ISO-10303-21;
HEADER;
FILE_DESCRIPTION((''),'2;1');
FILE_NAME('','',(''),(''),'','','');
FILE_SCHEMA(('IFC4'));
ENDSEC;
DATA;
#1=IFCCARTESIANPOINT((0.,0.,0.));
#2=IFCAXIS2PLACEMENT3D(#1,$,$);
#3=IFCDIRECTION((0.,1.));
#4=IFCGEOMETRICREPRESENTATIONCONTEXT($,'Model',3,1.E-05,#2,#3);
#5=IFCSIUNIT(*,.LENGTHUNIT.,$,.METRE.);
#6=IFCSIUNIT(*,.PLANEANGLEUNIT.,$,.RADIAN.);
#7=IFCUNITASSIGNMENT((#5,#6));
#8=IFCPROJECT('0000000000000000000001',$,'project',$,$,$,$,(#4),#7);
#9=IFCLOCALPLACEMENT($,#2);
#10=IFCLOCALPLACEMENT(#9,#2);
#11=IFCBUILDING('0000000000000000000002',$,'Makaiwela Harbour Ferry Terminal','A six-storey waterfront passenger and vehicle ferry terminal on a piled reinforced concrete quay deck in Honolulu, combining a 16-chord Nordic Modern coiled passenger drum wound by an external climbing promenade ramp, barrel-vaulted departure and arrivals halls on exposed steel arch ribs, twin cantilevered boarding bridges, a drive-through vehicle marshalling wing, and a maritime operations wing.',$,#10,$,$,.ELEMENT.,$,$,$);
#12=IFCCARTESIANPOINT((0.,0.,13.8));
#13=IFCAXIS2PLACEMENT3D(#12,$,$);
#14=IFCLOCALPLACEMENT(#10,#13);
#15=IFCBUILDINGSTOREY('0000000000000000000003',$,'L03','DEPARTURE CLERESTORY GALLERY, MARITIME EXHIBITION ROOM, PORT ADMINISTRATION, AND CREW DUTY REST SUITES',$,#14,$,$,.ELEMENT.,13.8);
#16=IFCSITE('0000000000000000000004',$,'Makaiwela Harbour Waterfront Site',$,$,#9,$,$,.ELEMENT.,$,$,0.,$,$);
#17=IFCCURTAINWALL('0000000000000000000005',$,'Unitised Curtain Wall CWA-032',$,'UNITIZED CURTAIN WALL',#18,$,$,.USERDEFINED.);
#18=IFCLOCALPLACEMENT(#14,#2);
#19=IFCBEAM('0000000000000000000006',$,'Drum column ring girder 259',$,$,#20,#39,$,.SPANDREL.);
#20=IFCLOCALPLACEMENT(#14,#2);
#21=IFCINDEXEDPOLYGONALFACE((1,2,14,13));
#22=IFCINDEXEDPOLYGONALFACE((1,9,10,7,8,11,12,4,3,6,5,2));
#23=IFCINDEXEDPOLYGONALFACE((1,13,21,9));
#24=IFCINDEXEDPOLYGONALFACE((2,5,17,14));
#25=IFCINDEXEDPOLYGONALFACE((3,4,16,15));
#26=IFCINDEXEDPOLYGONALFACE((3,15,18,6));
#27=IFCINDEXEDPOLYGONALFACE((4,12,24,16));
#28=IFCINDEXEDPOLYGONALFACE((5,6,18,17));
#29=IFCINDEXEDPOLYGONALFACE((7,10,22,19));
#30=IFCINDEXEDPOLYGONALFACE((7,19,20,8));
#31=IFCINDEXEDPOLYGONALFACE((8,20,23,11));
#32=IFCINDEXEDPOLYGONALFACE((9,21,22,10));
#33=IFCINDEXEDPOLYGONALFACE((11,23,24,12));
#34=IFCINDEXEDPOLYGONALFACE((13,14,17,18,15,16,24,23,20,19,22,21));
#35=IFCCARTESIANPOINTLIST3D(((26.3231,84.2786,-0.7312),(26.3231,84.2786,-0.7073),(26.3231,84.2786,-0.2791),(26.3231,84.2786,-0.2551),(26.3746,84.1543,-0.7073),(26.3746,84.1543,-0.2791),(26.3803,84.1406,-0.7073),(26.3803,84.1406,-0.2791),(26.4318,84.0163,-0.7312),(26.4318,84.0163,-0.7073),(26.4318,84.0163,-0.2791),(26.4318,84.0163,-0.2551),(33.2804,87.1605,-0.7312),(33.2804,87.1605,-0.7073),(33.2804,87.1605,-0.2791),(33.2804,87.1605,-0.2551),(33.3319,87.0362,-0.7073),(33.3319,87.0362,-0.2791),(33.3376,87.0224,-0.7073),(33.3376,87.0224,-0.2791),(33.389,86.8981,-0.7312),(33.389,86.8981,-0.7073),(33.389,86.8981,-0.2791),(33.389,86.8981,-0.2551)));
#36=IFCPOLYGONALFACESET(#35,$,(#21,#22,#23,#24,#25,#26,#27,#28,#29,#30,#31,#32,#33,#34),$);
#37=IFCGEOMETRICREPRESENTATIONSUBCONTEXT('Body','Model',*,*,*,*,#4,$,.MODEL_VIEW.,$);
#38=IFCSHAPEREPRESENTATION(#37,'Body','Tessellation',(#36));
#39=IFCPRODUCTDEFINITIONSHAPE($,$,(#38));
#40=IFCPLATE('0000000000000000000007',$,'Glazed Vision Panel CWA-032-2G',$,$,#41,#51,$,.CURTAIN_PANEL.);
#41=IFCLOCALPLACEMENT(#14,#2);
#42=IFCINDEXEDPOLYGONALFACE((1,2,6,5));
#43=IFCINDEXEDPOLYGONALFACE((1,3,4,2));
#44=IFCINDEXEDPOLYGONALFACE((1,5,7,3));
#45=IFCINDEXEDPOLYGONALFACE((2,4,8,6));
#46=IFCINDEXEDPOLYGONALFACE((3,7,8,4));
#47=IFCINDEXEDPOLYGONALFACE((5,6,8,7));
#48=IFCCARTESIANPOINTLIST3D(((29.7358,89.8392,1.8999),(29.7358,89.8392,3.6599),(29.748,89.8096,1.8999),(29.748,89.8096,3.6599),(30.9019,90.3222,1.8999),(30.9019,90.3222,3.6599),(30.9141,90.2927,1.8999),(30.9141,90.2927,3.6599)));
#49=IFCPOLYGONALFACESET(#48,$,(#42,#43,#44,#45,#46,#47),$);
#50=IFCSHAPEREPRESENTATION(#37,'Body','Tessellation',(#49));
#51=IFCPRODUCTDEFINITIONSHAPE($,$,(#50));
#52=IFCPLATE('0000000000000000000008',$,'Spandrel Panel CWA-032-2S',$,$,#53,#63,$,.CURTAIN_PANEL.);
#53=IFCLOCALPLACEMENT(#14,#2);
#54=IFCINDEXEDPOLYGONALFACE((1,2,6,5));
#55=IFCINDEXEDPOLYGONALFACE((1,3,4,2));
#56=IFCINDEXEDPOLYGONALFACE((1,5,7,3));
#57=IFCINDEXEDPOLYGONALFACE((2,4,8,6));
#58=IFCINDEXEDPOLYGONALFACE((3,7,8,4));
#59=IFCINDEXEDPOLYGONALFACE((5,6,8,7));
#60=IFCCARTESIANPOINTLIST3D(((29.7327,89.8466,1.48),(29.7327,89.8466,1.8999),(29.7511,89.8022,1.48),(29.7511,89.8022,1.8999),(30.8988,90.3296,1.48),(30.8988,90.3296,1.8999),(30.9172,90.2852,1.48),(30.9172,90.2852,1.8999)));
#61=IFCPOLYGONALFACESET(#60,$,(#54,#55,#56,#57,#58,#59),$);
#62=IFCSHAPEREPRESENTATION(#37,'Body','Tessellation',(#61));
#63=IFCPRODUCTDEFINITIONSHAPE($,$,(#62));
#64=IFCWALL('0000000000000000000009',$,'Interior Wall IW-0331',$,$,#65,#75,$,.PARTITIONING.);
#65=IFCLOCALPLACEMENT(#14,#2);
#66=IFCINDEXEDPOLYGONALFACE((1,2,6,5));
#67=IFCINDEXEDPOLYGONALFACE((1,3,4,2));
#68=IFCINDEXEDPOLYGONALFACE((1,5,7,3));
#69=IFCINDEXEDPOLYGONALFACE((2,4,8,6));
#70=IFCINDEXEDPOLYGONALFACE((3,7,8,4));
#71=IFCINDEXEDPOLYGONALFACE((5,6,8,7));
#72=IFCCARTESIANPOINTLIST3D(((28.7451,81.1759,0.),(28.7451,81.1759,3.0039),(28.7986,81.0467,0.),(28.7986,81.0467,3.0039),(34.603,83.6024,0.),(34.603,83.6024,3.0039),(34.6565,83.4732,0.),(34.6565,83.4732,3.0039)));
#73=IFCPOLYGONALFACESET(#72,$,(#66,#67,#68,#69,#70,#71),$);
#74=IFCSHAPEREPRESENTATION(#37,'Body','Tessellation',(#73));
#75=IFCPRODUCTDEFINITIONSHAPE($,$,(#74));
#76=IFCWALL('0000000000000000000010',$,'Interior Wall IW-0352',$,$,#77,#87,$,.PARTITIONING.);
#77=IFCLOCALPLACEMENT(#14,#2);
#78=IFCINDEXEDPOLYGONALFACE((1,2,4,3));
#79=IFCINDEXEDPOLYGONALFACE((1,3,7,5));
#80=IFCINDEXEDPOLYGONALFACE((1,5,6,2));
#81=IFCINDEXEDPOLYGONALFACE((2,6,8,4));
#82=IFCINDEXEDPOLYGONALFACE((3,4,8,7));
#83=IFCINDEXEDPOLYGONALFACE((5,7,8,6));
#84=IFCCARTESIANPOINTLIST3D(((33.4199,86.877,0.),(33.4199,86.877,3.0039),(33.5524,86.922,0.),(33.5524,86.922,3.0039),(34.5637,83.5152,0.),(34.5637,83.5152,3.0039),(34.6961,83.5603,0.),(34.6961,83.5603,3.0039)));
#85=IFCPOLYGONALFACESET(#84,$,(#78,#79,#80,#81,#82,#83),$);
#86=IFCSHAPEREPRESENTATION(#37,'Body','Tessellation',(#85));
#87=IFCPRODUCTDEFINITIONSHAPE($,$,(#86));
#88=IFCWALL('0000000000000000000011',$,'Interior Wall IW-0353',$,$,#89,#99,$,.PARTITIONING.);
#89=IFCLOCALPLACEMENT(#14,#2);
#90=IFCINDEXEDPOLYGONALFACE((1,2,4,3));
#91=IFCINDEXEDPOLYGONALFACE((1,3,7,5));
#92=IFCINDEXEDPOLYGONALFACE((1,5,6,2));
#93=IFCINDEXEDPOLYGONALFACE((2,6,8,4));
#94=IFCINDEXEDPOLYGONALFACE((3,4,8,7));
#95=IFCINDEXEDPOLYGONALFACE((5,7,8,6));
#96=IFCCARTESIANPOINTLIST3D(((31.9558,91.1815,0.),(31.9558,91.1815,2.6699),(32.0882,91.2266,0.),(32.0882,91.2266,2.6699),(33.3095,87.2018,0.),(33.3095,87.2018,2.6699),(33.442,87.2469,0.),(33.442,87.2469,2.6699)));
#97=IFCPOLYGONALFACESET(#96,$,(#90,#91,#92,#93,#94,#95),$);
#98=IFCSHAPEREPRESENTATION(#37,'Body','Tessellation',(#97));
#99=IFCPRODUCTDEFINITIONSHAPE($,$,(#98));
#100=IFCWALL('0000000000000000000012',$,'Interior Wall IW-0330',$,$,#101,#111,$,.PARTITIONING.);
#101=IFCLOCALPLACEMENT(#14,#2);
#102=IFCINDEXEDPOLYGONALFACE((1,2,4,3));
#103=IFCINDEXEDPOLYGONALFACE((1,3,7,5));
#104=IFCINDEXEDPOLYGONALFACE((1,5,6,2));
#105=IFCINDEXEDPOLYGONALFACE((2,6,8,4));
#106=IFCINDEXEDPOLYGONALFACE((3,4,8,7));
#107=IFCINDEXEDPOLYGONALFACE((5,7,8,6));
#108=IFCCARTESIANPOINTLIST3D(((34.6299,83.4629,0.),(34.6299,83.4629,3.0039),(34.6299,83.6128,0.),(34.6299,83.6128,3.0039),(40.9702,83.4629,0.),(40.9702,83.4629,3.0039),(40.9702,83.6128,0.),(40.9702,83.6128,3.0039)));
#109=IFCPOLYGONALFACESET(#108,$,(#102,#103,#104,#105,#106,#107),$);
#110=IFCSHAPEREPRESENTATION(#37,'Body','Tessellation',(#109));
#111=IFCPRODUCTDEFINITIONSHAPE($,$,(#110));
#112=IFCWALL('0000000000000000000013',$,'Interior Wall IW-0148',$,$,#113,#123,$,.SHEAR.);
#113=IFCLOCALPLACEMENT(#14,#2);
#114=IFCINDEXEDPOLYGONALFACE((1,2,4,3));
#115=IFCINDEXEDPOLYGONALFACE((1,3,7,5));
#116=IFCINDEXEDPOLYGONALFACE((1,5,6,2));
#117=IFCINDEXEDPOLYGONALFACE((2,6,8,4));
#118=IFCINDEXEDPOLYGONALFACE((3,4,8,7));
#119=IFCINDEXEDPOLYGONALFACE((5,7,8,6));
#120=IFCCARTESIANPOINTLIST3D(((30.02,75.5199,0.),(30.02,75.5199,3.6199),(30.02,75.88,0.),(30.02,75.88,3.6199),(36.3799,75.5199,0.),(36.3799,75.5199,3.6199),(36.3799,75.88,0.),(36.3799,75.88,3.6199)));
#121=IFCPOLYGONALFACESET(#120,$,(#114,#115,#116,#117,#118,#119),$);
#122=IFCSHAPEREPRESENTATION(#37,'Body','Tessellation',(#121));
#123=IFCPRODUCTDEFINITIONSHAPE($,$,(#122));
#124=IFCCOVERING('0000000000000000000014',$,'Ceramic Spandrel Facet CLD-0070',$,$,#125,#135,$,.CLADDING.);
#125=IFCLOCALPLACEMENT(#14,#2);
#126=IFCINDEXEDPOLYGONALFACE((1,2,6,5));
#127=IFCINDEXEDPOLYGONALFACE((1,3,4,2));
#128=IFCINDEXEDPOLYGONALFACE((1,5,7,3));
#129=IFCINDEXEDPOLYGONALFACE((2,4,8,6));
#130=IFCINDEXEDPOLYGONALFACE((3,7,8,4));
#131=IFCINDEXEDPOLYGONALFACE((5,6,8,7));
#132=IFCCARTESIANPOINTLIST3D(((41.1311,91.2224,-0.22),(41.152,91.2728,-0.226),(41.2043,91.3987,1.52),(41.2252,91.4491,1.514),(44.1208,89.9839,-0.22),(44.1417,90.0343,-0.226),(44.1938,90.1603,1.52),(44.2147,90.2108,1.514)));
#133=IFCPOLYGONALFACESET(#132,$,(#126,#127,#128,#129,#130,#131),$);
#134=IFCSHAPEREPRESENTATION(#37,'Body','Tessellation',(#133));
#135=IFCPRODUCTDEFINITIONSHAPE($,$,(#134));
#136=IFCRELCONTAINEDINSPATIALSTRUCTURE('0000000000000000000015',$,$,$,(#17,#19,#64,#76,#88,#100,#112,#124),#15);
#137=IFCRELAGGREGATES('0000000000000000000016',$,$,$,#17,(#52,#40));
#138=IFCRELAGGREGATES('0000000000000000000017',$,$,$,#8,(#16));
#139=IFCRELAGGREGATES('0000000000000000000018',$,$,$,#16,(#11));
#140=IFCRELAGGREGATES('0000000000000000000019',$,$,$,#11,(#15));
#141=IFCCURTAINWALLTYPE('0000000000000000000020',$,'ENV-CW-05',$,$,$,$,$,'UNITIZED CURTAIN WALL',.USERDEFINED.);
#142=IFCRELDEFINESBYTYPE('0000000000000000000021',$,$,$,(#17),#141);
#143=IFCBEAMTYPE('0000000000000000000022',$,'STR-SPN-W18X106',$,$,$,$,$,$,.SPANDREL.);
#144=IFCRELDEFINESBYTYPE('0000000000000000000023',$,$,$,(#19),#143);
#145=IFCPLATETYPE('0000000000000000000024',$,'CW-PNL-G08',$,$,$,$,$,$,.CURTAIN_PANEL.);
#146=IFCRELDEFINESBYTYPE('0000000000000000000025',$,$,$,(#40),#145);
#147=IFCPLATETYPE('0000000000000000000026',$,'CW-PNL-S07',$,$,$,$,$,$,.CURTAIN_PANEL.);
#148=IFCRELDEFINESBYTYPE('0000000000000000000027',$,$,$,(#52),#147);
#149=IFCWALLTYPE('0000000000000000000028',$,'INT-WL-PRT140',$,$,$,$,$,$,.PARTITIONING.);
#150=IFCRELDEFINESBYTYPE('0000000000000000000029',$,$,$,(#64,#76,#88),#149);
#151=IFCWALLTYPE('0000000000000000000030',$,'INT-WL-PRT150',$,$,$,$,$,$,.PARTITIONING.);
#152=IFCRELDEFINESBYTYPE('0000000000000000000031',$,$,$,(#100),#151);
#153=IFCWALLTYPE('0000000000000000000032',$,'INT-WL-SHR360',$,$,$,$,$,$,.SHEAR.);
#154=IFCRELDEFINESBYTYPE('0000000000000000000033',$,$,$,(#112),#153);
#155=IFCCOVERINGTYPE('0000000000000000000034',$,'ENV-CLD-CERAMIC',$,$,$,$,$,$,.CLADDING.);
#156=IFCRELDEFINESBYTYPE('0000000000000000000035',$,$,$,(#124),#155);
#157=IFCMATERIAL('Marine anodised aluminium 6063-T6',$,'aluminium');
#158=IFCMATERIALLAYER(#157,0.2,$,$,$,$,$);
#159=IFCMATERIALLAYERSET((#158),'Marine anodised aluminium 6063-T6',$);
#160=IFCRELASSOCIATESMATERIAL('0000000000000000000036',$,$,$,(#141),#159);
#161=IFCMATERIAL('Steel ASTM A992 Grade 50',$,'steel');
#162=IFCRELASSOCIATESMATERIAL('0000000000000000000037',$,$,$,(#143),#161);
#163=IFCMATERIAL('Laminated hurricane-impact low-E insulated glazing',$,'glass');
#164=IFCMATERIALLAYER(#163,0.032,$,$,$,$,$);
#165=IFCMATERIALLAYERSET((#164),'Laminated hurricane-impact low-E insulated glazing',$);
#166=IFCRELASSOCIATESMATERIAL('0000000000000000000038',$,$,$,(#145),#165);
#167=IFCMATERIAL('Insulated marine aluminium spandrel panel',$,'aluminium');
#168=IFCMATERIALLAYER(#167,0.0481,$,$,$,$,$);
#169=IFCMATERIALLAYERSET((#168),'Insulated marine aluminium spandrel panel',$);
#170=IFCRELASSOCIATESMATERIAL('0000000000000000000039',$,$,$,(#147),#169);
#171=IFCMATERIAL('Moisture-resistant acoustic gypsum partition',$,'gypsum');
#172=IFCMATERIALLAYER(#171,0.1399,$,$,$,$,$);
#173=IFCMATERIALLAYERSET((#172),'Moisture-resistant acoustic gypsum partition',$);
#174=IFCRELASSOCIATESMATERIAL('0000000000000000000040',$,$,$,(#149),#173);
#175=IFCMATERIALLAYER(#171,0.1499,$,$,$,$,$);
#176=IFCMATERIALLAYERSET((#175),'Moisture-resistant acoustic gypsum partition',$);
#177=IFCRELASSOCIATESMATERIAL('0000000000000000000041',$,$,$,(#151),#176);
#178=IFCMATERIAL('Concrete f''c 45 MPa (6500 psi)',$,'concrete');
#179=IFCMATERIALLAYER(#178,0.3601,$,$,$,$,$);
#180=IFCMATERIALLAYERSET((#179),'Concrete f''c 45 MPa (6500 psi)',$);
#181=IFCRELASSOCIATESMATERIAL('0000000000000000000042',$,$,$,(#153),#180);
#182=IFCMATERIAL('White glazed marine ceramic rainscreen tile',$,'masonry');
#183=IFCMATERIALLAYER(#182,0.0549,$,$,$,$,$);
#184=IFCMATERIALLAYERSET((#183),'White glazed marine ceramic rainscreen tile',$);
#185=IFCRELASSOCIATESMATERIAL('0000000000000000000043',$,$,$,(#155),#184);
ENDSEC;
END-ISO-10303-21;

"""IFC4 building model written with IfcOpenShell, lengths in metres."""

from ifc_helpers import new_model, si_unit, direction, frame, frame_2d, origin, origin_2d, place, context, subcontext, project, spatial, polyline, rectangle, i_section, outline, extrude, material, layer, layer_set, material_profile, profile_set, type_object, element, aggregate, save


model = new_model("IFC4")

# Units and contexts
model_context = context("Model", 3, precision=1e-05, world=origin(), true_north=direction((0.0, 1.0)))
body_context = subcontext(model_context, "Body", "Model", "MODEL_VIEW")
ifc_project = project(units=[si_unit("LENGTHUNIT", "METRE"), si_unit("PLANEANGLEUNIT", "RADIAN")], contexts=[model_context])

# Site, building, storey
site_placement = place(None, origin())
site = spatial("IfcSite", under=ifc_project, at=site_placement, Name="Makaiwela Harbour Waterfront Site", CompositionType="ELEMENT", RefElevation=0.0)
building_placement = place(site_placement, origin())
building = spatial("IfcBuilding", under=site, at=building_placement, Name="Makaiwela Harbour Ferry Terminal", Description="A six-storey waterfront passenger and vehicle ferry terminal on a piled reinforced concrete quay deck in Honolulu, combining a 16-chord Nordic Modern coiled passenger drum wound by an external climbing promenade ramp, barrel-vaulted departure and arrivals halls on exposed steel arch ribs, twin cantilevered boarding bridges, a drive-through vehicle marshalling wing, and a maritime operations wing.", CompositionType="ELEMENT")
storey_placement = place(building_placement, frame((0.0, 0.0, 13.8)))
storey = spatial("IfcBuildingStorey", under=building, at=storey_placement, Name="L03", Description="DEPARTURE CLERESTORY GALLERY, MARITIME EXHIBITION ROOM, PORT ADMINISTRATION, AND CREW DUTY REST SUITES", CompositionType="ELEMENT", Elevation=13.8)

# Shared definitions
ifc_material_1 = material(Name="Steel ASTM A992 Grade 50", Category="steel")

# Curtain wall
ifc_material_2 = material(Name="Marine anodised aluminium 6063-T6", Category="aluminium")
ifc_layer_1 = layer(ifc_material_2, 0.2)
ifc_layer_set_1 = layer_set([ifc_layer_1], Name="Marine anodised aluminium 6063-T6")
curtain_wall_type = type_object("IfcCurtainWallType", Name="ENV-CW-05", ElementType="UNITIZED CURTAIN WALL", PredefinedType="USERDEFINED", material=ifc_layer_set_1)
curtain_wall_placement = place(storey_placement, origin())
curtain_wall = element("IfcCurtainWall", 1, at=curtain_wall_placement, inside=storey, type_object=curtain_wall_type, Name="Unitised Curtain Wall CWA-032", ObjectType="UNITIZED CURTAIN WALL", PredefinedType="USERDEFINED")

# Beam
ifc_material_profile_1 = material_profile(ifc_material_1, i_section(OverallWidth=0.2839, OverallDepth=0.4761, WebThickness=0.0149, FlangeThickness=0.0239, at=origin_2d()), Name="W18X106")
ifc_profile_set_1 = profile_set([ifc_material_profile_1], Name="Steel ASTM A992 Grade 50")
beam_type_1 = type_object("IfcBeamType", Name="STR-SPN-W18X106", PredefinedType="SPANDREL", material=ifc_profile_set_1)
for number, where, z_axis, x_axis, name in (
    (2, (33.3347, 87.0293, -0.4932), (-0.923878, -0.382688, 0.0), (0.382688, -0.923878, 0.0), "Drum column ring girder 259"),
):
    element("IfcBeam", number, at=place(storey_placement, frame(where, z_axis=z_axis, x_axis=x_axis)), inside=storey, type_object=beam_type_1, Name=name, PredefinedType="SPANDREL", context=body_context, shape_type="SweptSolid", body=[
        extrude(i_section(OverallWidth=0.2839, OverallDepth=0.4761, WebThickness=0.0149, FlangeThickness=0.0239, at=origin_2d()), origin(), (0.0, 0.0, 1.0), 7.5305),
    ])

# Plates
ifc_material_3 = material(Name="Laminated hurricane-impact low-E insulated glazing", Category="glass")
ifc_layer_2 = layer(ifc_material_3, 0.032)
ifc_layer_set_2 = layer_set([ifc_layer_2], Name="Laminated hurricane-impact low-E insulated glazing")
plate_type_1 = type_object("IfcPlateType", Name="CW-PNL-G08", PredefinedType="CURTAIN_PANEL", material=ifc_layer_set_2)
plate_1_placement = place(storey_placement, frame((30.325, 90.0659, 1.8999), z_axis=(0.0, 0.0, 1.0), x_axis=(-0.92388, -0.382683, 0.0)))
plate_1 = element("IfcPlate", 3, at=plate_1_placement, type_object=plate_type_1, Name="Glazed Vision Panel CWA-032-2G", PredefinedType="CURTAIN_PANEL", context=body_context, shape_type="SweptSolid", body=[
    extrude(rectangle(XDim=1.2622, YDim=0.032, at=origin_2d()), origin(), (0.0, 0.0, 1.0), 1.76),
])
ifc_material_4 = material(Name="Insulated marine aluminium spandrel panel", Category="aluminium")
ifc_layer_3 = layer(ifc_material_4, 0.0481)
ifc_layer_set_3 = layer_set([ifc_layer_3], Name="Insulated marine aluminium spandrel panel")
plate_type_2 = type_object("IfcPlateType", Name="CW-PNL-S07", PredefinedType="CURTAIN_PANEL", material=ifc_layer_set_3)
plate_2_placement = place(storey_placement, frame((30.325, 90.0659, 1.48), z_axis=(0.0, 0.0, 1.0), x_axis=(-0.92388, -0.382683, 0.0)))
plate_2 = element("IfcPlate", 4, at=plate_2_placement, type_object=plate_type_2, Name="Spandrel Panel CWA-032-2S", PredefinedType="CURTAIN_PANEL", context=body_context, shape_type="SweptSolid", body=[
    extrude(rectangle(XDim=1.2622, YDim=0.0481, at=origin_2d()), origin(), (0.0, 0.0, 1.0), 0.4199),
])
aggregate(curtain_wall, [plate_2, plate_1])

# Walls
ifc_material_5 = material(Name="Moisture-resistant acoustic gypsum partition", Category="gypsum")
ifc_layer_4 = layer(ifc_material_5, 0.1399)
ifc_layer_set_4 = layer_set([ifc_layer_4], Name="Moisture-resistant acoustic gypsum partition")
wall_type_1 = type_object("IfcWallType", Name="INT-WL-PRT140", PredefinedType="PARTITIONING", material=ifc_layer_set_4)
wall_1_placement = place(storey_placement, frame((34.6299, 83.5378, 0.0), z_axis=(0.0, 0.0, 1.0), x_axis=(-0.923875, -0.382695, 0.0)))
element("IfcWall", 5, at=wall_1_placement, inside=storey, type_object=wall_type_1, Name="Interior Wall IW-0331", PredefinedType="PARTITIONING", context=body_context, shape_type="SweptSolid", body=[
    extrude(rectangle(XDim=6.3406, YDim=0.1399, at=frame_2d((3.1704, 0.0))), origin(), (0.0, 0.0, 1.0), 3.0039),
])
wall_2_placement = place(storey_placement, frame((34.6299, 83.5378, 0.0), z_axis=(0.0, 0.0, 1.0), x_axis=(-0.3221, 0.946706, 0.0)))
element("IfcWall", 6, at=wall_2_placement, inside=storey, type_object=wall_type_1, Name="Interior Wall IW-0352", PredefinedType="PARTITIONING", context=body_context, shape_type="SweptSolid", body=[
    extrude(rectangle(XDim=3.551, YDim=0.1399, at=frame_2d((1.7754, 0.0))), origin(), (0.0, 0.0, 1.0), 3.0039),
])
wall_3_placement = place(storey_placement, frame((33.3757, 87.2244, 0.0), z_axis=(0.0, 0.0, 1.0), x_axis=(-0.322041, 0.946726, 0.0)))
element("IfcWall", 7, at=wall_3_placement, inside=storey, type_object=wall_type_1, Name="Interior Wall IW-0353", PredefinedType="PARTITIONING", context=body_context, shape_type="SweptSolid", body=[
    extrude(rectangle(XDim=4.2036, YDim=0.1399, at=frame_2d((2.1018, 0.0))), origin(), (0.0, 0.0, 1.0), 2.6699),
])
ifc_layer_5 = layer(ifc_material_5, 0.1499)
ifc_layer_set_5 = layer_set([ifc_layer_5], Name="Moisture-resistant acoustic gypsum partition")
wall_type_2 = type_object("IfcWallType", Name="INT-WL-PRT150", PredefinedType="PARTITIONING", material=ifc_layer_set_5)
wall_4_placement = place(storey_placement, frame((40.9702, 83.5378, 0.0), z_axis=(0.0, 0.0, 1.0), x_axis=(-1.0, 0.0, 0.0)))
element("IfcWall", 8, at=wall_4_placement, inside=storey, type_object=wall_type_2, Name="Interior Wall IW-0330", PredefinedType="PARTITIONING", context=body_context, shape_type="SweptSolid", body=[
    extrude(rectangle(XDim=6.3403, YDim=0.1499, at=frame_2d((3.1702, 0.0))), origin(), (0.0, 0.0, 1.0), 3.0039),
])
ifc_material_6 = material(Name="Concrete f'c 45 MPa (6500 psi)", Category="concrete")
ifc_layer_6 = layer(ifc_material_6, 0.3601)
ifc_layer_set_6 = layer_set([ifc_layer_6], Name="Concrete f'c 45 MPa (6500 psi)")
wall_type_3 = type_object("IfcWallType", Name="INT-WL-SHR360", PredefinedType="SHEAR", material=ifc_layer_set_6)
wall_5_placement = place(storey_placement, frame((30.02, 75.7, 0.0), z_axis=(0.0, 0.0, 1.0), x_axis=(1.0, 0.0, 0.0)))
element("IfcWall", 9, at=wall_5_placement, inside=storey, type_object=wall_type_3, Name="Interior Wall IW-0148", PredefinedType="SHEAR", context=body_context, shape_type="SweptSolid", body=[
    extrude(rectangle(XDim=6.3599, YDim=0.3601, at=frame_2d((3.1799, 0.0))), origin(), (0.0, 0.0, 1.0), 3.6199),
])

# Covering
ifc_material_7 = material(Name="White glazed marine ceramic rainscreen tile", Category="masonry")
ifc_layer_7 = layer(ifc_material_7, 0.0549)
ifc_layer_set_7 = layer_set([ifc_layer_7], Name="White glazed marine ceramic rainscreen tile")
covering_type = type_object("IfcCoveringType", Name="ENV-CLD-CERAMIC", PredefinedType="CLADDING", material=ifc_layer_set_7)
covering_placement = place(storey_placement, frame((44.1208, 89.9839, -0.22), z_axis=(-0.380416, -0.91836, 0.109085), x_axis=(-0.923873, 0.3827, 0.000002)))
element("IfcCovering", 10, at=covering_placement, inside=storey, type_object=covering_type, Name="Ceramic Spandrel Facet CLD-0070", PredefinedType="CLADDING", context=body_context, shape_type="SweptSolid", body=[
    extrude(outline(polyline([(0.0, 0.0), (3.2361, 0.0), (3.2359, -1.7504), (0.0001, -1.7504), (0.0, 0.0)])), origin(), (0.0, 0.0, -1.0), 0.0549),
])

save(model, "model.ifc")
